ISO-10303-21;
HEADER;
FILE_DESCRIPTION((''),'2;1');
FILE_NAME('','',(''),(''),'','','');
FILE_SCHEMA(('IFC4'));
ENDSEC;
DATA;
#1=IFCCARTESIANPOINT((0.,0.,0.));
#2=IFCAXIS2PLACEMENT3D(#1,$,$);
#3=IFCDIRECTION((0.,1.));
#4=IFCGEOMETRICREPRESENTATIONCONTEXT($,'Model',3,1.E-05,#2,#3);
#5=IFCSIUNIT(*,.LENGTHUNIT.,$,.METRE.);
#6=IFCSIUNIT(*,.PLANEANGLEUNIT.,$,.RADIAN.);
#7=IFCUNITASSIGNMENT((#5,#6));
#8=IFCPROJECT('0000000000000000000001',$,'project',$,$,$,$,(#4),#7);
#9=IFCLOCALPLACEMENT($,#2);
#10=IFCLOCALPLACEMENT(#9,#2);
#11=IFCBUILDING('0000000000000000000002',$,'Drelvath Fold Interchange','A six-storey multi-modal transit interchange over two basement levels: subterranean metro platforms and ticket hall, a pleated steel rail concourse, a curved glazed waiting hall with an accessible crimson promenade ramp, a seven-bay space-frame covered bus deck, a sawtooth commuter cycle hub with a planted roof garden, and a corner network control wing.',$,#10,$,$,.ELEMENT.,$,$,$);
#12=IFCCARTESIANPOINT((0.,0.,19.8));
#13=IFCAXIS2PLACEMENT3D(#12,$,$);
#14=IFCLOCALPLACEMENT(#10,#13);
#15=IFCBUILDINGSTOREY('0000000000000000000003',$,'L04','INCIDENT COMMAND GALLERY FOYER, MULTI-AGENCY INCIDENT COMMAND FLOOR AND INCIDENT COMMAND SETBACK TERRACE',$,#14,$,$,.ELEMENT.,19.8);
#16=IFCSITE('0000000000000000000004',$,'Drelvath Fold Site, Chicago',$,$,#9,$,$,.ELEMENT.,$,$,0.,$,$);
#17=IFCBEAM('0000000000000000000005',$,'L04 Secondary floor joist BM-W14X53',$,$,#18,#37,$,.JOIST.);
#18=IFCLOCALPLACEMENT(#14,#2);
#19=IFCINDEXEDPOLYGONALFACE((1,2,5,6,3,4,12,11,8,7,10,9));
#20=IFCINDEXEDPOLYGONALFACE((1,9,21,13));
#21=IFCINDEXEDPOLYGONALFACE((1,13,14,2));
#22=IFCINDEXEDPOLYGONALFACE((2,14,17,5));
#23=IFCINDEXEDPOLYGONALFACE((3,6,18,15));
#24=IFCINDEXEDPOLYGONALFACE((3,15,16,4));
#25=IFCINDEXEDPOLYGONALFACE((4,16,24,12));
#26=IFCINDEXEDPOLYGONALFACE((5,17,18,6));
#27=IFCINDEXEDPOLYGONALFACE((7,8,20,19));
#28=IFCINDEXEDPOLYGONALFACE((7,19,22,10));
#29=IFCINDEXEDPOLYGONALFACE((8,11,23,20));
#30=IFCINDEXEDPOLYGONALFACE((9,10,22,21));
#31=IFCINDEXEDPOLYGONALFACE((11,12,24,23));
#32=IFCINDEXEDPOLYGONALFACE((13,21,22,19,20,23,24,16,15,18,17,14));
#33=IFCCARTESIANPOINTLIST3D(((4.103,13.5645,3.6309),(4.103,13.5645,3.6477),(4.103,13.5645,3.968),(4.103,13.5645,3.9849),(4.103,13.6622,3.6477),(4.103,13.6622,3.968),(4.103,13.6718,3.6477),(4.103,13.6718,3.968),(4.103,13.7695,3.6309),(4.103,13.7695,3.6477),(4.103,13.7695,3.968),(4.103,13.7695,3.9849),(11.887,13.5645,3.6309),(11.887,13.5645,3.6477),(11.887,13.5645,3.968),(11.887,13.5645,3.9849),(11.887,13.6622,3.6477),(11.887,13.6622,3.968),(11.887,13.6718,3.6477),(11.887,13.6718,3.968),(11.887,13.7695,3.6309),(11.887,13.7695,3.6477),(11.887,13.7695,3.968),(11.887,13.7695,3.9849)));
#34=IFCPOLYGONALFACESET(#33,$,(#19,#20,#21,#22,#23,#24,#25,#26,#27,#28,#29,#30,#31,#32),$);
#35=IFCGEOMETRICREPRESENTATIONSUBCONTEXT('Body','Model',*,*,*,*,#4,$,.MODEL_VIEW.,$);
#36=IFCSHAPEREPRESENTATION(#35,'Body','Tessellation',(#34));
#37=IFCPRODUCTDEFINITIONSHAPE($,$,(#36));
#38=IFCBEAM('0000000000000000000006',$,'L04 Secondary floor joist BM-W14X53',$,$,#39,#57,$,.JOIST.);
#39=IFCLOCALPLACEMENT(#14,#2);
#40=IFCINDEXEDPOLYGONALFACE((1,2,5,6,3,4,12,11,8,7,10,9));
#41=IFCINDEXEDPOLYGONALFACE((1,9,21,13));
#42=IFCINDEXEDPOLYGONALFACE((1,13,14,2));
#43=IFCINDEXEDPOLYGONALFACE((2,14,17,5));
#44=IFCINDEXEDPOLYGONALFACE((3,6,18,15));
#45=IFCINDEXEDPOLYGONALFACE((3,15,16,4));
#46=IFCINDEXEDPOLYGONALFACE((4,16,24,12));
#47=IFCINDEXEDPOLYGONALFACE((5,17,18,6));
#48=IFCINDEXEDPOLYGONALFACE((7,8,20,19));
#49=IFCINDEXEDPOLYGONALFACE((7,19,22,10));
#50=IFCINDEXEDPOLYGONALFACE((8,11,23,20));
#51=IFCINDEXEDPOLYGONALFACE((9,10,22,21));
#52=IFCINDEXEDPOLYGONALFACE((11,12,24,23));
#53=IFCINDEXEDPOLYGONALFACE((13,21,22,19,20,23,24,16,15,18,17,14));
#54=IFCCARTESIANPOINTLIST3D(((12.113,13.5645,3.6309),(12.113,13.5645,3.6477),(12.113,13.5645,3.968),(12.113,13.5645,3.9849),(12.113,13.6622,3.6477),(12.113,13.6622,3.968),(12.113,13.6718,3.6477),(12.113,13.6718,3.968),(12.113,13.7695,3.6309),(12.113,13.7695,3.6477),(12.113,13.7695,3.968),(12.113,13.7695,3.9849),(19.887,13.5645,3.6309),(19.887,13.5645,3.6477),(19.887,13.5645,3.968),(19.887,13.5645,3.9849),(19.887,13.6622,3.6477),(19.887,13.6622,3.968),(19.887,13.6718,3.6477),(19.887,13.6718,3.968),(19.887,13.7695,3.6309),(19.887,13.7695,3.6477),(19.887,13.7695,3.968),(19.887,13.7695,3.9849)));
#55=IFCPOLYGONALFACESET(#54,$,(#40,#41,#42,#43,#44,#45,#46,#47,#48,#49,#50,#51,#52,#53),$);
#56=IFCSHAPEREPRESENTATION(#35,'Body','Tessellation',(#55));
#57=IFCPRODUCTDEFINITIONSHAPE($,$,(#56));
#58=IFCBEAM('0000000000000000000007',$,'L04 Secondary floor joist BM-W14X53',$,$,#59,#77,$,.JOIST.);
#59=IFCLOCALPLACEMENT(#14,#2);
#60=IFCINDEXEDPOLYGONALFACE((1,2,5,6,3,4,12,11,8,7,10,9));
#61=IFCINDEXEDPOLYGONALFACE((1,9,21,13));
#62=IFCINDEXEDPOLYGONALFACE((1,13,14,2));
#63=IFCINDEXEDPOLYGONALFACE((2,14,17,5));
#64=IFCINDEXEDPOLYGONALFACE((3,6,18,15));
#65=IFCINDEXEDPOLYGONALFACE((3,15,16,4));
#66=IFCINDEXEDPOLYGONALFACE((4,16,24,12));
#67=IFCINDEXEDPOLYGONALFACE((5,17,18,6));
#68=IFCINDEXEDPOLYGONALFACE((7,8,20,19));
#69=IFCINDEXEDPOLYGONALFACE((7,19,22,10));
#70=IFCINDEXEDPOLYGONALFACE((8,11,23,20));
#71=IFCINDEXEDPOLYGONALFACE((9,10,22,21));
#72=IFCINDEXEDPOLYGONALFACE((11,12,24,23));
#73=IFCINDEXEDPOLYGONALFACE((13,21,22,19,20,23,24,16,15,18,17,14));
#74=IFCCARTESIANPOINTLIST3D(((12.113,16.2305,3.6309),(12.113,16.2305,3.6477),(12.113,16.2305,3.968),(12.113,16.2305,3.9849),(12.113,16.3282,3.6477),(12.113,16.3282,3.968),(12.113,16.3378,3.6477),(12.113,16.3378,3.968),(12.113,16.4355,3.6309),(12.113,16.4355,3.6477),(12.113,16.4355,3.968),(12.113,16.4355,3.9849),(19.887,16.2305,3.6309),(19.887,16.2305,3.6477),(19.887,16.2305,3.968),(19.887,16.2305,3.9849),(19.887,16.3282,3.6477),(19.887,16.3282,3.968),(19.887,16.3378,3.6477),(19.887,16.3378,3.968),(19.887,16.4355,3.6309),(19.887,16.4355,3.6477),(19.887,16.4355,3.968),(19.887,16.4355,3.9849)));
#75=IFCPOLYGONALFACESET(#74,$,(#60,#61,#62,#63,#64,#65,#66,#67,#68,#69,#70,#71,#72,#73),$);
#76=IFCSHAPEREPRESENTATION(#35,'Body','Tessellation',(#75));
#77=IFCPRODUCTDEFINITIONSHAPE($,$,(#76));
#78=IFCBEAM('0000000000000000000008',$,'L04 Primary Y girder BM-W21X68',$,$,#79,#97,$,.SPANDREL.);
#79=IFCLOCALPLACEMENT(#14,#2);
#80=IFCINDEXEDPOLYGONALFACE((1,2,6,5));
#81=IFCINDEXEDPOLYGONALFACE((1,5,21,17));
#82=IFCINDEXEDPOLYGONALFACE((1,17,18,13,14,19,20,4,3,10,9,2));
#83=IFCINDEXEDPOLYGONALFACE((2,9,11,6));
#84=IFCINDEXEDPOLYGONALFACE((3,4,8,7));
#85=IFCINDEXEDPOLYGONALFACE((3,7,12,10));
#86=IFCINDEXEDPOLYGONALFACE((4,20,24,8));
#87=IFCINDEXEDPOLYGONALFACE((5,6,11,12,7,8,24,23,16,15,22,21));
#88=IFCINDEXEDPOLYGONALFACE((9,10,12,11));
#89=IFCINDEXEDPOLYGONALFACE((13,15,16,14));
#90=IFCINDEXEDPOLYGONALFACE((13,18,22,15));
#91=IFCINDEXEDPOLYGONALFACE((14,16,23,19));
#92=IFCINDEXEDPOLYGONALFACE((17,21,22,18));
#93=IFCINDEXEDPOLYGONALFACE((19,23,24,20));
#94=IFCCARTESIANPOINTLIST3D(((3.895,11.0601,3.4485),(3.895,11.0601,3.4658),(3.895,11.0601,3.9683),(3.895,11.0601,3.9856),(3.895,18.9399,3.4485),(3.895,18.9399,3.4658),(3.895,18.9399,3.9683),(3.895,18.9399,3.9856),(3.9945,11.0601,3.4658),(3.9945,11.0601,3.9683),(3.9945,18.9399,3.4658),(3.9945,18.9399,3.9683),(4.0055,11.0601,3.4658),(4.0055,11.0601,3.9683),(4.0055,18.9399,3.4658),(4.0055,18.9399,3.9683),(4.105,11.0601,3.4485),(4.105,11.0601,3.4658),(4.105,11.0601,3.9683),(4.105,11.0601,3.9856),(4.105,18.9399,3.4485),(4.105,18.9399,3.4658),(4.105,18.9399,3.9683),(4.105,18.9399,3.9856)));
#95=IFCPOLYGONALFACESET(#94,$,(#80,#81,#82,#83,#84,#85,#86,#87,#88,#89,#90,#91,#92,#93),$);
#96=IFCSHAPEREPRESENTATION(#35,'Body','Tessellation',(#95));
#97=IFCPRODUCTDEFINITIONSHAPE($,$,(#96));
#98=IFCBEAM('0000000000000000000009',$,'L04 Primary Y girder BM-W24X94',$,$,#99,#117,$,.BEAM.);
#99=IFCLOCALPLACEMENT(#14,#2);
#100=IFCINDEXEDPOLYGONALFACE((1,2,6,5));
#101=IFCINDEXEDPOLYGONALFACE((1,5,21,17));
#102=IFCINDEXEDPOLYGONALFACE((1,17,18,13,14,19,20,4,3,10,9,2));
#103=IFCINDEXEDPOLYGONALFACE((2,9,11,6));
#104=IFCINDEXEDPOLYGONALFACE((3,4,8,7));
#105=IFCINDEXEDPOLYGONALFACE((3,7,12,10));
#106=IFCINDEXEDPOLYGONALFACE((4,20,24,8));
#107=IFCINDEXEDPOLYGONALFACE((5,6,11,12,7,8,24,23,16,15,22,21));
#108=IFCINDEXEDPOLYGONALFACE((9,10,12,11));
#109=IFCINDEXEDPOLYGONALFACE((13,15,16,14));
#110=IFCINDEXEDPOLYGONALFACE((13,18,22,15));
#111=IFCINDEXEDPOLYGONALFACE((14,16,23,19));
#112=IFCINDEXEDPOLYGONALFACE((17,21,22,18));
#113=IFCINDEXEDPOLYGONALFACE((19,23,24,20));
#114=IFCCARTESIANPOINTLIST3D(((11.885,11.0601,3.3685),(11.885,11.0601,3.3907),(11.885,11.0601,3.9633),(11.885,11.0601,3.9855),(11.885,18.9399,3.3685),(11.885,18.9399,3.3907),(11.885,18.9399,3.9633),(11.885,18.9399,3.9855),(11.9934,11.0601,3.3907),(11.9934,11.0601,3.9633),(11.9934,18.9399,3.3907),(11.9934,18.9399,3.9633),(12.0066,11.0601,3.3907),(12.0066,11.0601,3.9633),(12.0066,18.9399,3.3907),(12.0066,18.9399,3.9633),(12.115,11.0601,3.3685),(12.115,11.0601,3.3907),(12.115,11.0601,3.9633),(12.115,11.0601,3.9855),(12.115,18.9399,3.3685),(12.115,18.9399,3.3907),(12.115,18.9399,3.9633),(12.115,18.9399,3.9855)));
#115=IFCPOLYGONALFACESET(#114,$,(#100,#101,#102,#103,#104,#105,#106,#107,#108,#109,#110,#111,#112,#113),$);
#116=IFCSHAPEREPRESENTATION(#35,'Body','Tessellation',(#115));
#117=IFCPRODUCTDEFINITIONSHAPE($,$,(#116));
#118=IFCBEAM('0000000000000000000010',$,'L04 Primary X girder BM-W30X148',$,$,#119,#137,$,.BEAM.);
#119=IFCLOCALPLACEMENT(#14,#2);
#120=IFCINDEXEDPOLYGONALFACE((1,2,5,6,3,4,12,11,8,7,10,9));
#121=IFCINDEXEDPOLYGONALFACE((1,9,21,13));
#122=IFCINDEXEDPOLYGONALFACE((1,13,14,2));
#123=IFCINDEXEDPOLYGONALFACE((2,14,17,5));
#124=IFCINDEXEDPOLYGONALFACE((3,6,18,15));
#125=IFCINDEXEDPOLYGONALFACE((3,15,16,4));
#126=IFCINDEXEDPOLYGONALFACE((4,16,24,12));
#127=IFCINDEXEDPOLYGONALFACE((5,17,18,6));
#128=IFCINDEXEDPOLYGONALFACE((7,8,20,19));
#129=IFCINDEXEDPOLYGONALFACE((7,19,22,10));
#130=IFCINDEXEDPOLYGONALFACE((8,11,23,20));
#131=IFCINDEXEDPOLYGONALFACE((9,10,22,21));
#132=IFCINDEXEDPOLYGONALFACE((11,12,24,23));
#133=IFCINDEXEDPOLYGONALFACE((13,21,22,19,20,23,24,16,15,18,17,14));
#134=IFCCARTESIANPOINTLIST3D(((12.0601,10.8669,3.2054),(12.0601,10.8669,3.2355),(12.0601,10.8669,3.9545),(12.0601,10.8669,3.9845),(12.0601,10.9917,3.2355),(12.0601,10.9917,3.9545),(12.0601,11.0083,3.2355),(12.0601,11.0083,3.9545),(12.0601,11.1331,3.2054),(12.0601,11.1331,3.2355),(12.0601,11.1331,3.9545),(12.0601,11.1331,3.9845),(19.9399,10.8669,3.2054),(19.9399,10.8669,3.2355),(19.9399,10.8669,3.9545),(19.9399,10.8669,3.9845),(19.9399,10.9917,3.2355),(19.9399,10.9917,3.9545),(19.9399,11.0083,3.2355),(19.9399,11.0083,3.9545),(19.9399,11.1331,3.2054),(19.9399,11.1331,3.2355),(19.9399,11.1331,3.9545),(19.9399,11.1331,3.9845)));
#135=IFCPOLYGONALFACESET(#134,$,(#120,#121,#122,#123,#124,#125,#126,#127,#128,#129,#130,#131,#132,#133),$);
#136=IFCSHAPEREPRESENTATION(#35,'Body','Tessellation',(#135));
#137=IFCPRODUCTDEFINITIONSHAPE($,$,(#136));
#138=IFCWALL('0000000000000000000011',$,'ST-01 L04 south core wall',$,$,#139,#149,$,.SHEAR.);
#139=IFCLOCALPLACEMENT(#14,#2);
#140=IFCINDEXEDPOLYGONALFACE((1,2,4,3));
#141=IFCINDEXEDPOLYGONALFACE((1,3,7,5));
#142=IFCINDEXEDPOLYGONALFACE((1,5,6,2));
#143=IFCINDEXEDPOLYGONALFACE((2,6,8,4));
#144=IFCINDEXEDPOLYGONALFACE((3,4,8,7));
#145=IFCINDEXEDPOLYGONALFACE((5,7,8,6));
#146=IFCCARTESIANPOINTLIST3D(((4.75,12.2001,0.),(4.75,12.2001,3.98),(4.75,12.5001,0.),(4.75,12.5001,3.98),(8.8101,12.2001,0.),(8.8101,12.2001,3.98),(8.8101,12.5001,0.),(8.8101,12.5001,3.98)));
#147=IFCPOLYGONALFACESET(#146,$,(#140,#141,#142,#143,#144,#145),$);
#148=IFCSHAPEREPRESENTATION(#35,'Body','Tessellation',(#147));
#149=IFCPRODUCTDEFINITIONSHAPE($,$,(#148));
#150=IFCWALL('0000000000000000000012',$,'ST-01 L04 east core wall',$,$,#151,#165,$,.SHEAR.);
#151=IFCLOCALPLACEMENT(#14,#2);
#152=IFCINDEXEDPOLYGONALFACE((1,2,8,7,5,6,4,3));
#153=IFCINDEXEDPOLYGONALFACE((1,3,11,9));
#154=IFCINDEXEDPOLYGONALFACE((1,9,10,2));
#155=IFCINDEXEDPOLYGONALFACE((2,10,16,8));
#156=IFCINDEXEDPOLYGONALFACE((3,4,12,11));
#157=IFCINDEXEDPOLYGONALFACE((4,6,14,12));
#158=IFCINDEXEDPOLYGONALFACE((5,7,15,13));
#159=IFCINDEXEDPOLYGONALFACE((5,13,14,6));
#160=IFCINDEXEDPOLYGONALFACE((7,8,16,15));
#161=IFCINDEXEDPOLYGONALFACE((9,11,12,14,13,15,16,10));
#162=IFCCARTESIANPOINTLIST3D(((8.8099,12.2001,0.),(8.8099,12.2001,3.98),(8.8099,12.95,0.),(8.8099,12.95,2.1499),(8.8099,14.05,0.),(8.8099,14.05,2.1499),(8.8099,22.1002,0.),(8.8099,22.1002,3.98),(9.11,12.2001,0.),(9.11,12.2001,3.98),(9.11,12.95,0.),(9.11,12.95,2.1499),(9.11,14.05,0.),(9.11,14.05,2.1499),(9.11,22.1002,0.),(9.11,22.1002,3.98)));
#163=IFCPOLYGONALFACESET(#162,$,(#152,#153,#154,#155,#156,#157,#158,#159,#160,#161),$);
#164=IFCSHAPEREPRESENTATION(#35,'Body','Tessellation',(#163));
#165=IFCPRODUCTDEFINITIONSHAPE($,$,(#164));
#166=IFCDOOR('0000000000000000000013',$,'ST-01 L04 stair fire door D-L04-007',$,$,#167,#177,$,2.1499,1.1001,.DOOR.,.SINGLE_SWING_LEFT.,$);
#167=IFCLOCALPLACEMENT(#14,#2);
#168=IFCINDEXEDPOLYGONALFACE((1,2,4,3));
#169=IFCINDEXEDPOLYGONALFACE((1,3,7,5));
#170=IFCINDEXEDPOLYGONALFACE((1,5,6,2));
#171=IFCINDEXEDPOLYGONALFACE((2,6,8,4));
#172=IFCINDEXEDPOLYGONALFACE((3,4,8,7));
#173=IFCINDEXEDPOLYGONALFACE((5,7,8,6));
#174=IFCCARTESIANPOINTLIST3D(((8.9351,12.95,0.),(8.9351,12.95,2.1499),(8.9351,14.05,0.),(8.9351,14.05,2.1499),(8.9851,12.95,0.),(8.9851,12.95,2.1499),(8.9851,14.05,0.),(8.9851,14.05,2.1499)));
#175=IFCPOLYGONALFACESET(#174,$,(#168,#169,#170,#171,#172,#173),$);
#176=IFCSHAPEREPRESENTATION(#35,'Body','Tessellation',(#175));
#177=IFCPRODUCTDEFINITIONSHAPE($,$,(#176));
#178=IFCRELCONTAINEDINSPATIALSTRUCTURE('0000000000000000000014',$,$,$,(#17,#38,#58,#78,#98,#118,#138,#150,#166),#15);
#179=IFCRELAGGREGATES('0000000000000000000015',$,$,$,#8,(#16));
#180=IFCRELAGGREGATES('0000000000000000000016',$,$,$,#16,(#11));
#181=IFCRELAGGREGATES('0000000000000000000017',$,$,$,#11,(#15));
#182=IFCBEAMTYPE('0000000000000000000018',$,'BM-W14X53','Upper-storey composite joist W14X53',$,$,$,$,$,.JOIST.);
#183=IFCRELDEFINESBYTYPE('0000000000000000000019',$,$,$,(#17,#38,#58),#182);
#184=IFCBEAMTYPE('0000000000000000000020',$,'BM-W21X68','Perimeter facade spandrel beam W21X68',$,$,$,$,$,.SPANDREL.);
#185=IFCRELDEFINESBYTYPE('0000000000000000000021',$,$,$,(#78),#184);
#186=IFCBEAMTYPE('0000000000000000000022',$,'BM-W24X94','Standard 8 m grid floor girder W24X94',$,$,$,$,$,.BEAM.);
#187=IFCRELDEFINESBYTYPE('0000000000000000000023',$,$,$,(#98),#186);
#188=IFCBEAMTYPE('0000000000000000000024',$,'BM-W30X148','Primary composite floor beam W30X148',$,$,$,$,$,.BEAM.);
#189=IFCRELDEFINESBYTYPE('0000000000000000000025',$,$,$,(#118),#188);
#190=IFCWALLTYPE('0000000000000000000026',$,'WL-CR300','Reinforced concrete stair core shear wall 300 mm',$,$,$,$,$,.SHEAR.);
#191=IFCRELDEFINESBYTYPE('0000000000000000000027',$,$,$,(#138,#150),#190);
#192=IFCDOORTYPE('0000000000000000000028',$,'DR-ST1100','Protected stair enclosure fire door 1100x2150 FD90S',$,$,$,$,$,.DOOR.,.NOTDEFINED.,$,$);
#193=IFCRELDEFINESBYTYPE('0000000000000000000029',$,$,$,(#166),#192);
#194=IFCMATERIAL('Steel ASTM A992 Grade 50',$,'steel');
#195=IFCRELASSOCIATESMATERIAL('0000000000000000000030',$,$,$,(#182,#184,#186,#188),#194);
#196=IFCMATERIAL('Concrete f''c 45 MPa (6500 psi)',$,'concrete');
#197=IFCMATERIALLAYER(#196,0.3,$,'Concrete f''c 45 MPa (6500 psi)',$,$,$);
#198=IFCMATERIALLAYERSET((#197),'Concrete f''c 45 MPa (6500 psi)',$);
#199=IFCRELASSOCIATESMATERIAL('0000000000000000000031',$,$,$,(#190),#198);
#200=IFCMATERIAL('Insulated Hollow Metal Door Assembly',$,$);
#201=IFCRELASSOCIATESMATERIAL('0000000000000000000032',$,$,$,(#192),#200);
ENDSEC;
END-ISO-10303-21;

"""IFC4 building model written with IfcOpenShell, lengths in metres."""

from ifc_helpers import new_model, si_unit, direction, frame, frame_2d, origin, origin_2d, place, context, subcontext, project, spatial, rectangle, i_section, extrude, material, layer, layer_set, material_profile, profile_set, type_object, element, fill, save


model = new_model("IFC4")

# Units and contexts
model_context = context("Model", 3, precision=1e-05, world=origin(), true_north=direction((0.0, 1.0)))
body_context = subcontext(model_context, "Body", "Model", "MODEL_VIEW")
ifc_project = project(units=[si_unit("LENGTHUNIT", "METRE"), si_unit("PLANEANGLEUNIT", "RADIAN")], contexts=[model_context])

# Site, building, storey
site_placement = place(None, origin())
site = spatial("IfcSite", under=ifc_project, at=site_placement, Name="Drelvath Fold Site, Chicago", CompositionType="ELEMENT", RefElevation=0.0)
building_placement = place(site_placement, origin())
building = spatial("IfcBuilding", under=site, at=building_placement, Name="Drelvath Fold Interchange", Description="A six-storey multi-modal transit interchange over two basement levels: subterranean metro platforms and ticket hall, a pleated steel rail concourse, a curved glazed waiting hall with an accessible crimson promenade ramp, a seven-bay space-frame covered bus deck, a sawtooth commuter cycle hub with a planted roof garden, and a corner network control wing.", CompositionType="ELEMENT")
storey_placement = place(building_placement, frame((0.0, 0.0, 19.8)))
storey = spatial("IfcBuildingStorey", under=building, at=storey_placement, Name="L04", Description="INCIDENT COMMAND GALLERY FOYER, MULTI-AGENCY INCIDENT COMMAND FLOOR AND INCIDENT COMMAND SETBACK TERRACE", CompositionType="ELEMENT", Elevation=19.8)

# Beams
ifc_material_1 = material(Name="Steel ASTM A992 Grade 50", Category="steel")
ifc_material_profile_1 = material_profile(ifc_material_1, i_section(OverallWidth=0.2051, OverallDepth=0.354, WebThickness=0.0095, FlangeThickness=0.0168, at=origin_2d()), Name="W14X53")
ifc_profile_set_1 = profile_set([ifc_material_profile_1], Name="Steel ASTM A992 Grade 50")
beam_type_1 = type_object("IfcBeamType", Name="BM-W14X53", Description="Upper-storey composite joist W14X53", PredefinedType="JOIST", material=ifc_profile_set_1)
beam_1_placement = place(storey_placement, frame((4.103, 13.667, 3.8079), z_axis=(1.0, 0.0, 0.0), x_axis=(0.0, 1.0, 0.0)))
element("IfcBeam", 1, at=beam_1_placement, inside=storey, type_object=beam_type_1, Name="L04 Secondary floor joist BM-W14X53", PredefinedType="JOIST", context=body_context, shape_type="SweptSolid", body=[
    extrude(i_section(OverallWidth=0.2051, OverallDepth=0.354, WebThickness=0.0095, FlangeThickness=0.0168, at=origin_2d()), origin(), (0.0, 0.0, 1.0), 7.7839),
])
for number, where, z_axis, x_axis, name in (
    (2, (12.113, 13.667, 3.8079), (1.0, 0.0, 0.0), (0.0, 1.0, 0.0), "L04 Secondary floor joist BM-W14X53"),
    (3, (12.113, 16.333, 3.8079), (1.0, 0.0, 0.0), (0.0, 1.0, 0.0), "L04 Secondary floor joist BM-W14X53"),
):
    element("IfcBeam", number, at=place(storey_placement, frame(where, z_axis=z_axis, x_axis=x_axis)), inside=storey, type_object=beam_type_1, Name=name, PredefinedType="JOIST", context=body_context, shape_type="SweptSolid", body=[
        extrude(i_section(OverallWidth=0.2051, OverallDepth=0.354, WebThickness=0.0095, FlangeThickness=0.0168, at=origin_2d()), origin(), (0.0, 0.0, 1.0), 7.7739),
    ])
ifc_material_profile_2 = material_profile(ifc_material_1, i_section(OverallWidth=0.21, OverallDepth=0.5371, WebThickness=0.011, FlangeThickness=0.0173, at=origin_2d()), Name="W21X68")
ifc_profile_set_2 = profile_set([ifc_material_profile_2], Name="Steel ASTM A992 Grade 50")
beam_type_2 = type_object("IfcBeamType", Name="BM-W21X68", Description="Perimeter facade spandrel beam W21X68", PredefinedType="SPANDREL", material=ifc_profile_set_2)
beam_2_placement = place(storey_placement, frame((4.0, 11.0601, 3.717), z_axis=(0.0, 1.0, 0.0), x_axis=(-1.0, 0.0, 0.0)))
element("IfcBeam", 4, at=beam_2_placement, inside=storey, type_object=beam_type_2, Name="L04 Primary Y girder BM-W21X68", PredefinedType="SPANDREL", context=body_context, shape_type="SweptSolid", body=[
    extrude(i_section(OverallWidth=0.21, OverallDepth=0.5371, WebThickness=0.011, FlangeThickness=0.0173, at=origin_2d()), origin(), (0.0, 0.0, 1.0), 7.8799),
])
ifc_material_profile_3 = material_profile(ifc_material_1, i_section(OverallWidth=0.23, OverallDepth=0.6169, WebThickness=0.0132, FlangeThickness=0.0222, at=origin_2d()), Name="W24X94")
ifc_profile_set_3 = profile_set([ifc_material_profile_3], Name="Steel ASTM A992 Grade 50")
beam_type_3 = type_object("IfcBeamType", Name="BM-W24X94", Description="Standard 8 m grid floor girder W24X94", PredefinedType="BEAM", material=ifc_profile_set_3)
beam_3_placement = place(storey_placement, frame((12.0, 11.0601, 3.677), z_axis=(0.0, 1.0, 0.0), x_axis=(-1.0, 0.0, 0.0)))
element("IfcBeam", 5, at=beam_3_placement, inside=storey, type_object=beam_type_3, Name="L04 Primary Y girder BM-W24X94", PredefinedType="BEAM", context=body_context, shape_type="SweptSolid", body=[
    extrude(i_section(OverallWidth=0.23, OverallDepth=0.6169, WebThickness=0.0132, FlangeThickness=0.0222, at=origin_2d()), origin(), (0.0, 0.0, 1.0), 7.8799),
])
ifc_material_profile_4 = material_profile(ifc_material_1, i_section(OverallWidth=0.2661, OverallDepth=0.7791, WebThickness=0.0166, FlangeThickness=0.03, at=origin_2d()), Name="W30X148")
ifc_profile_set_4 = profile_set([ifc_material_profile_4], Name="Steel ASTM A992 Grade 50")
beam_type_4 = type_object("IfcBeamType", Name="BM-W30X148", Description="Primary composite floor beam W30X148", PredefinedType="BEAM", material=ifc_profile_set_4)
beam_4_placement = place(storey_placement, frame((12.0601, 11.0, 3.595), z_axis=(1.0, 0.0, 0.0), x_axis=(0.0, 1.0, 0.0)))
element("IfcBeam", 6, at=beam_4_placement, inside=storey, type_object=beam_type_4, Name="L04 Primary X girder BM-W30X148", PredefinedType="BEAM", context=body_context, shape_type="SweptSolid", body=[
    extrude(i_section(OverallWidth=0.2661, OverallDepth=0.7791, WebThickness=0.0166, FlangeThickness=0.03, at=origin_2d()), origin(), (0.0, 0.0, 1.0), 7.8799),
])

# Wall
ifc_material_2 = material(Name="Concrete f'c 45 MPa (6500 psi)", Category="concrete")
ifc_layer_1 = layer(ifc_material_2, 0.3, Name="Concrete f'c 45 MPa (6500 psi)")
ifc_layer_set_1 = layer_set([ifc_layer_1], Name="Concrete f'c 45 MPa (6500 psi)")
wall_type_1 = type_object("IfcWallType", Name="WL-CR300", Description="Reinforced concrete stair core shear wall 300 mm", PredefinedType="SHEAR", material=ifc_layer_set_1)
wall_1_placement = place(storey_placement, frame((4.75, 12.3501, 0.0), z_axis=(0.0, 0.0, 1.0), x_axis=(1.0, 0.0, 0.0)))
element("IfcWall", 7, at=wall_1_placement, inside=storey, type_object=wall_type_1, Name="ST-01 L04 south core wall", PredefinedType="SHEAR", context=body_context, shape_type="SweptSolid", body=[
    extrude(rectangle(XDim=4.0601, YDim=0.3, at=frame_2d((2.03, 0.0))), origin(), (0.0, 0.0, 1.0), 3.98),
])

# Wall, opening, door
wall_2_placement = place(storey_placement, frame((8.96, 12.2, 0.0), z_axis=(0.0, 0.0, 1.0), x_axis=(0.0, 1.0, 0.0)))
wall_2 = element("IfcWall", 8, at=wall_2_placement, inside=storey, type_object=wall_type_1, Name="ST-01 L04 east core wall", PredefinedType="SHEAR", context=body_context, shape_type="SweptSolid", body=[
    extrude(rectangle(XDim=9.9001, YDim=0.3, at=frame_2d((4.9502, 0.0))), origin(), (0.0, 0.0, 1.0), 3.98),
])
opening_1_placement = place(wall_2_placement, frame((0.75, 0.0, 0.0)))
opening_1 = element("IfcOpeningElement", 9, at=opening_1_placement, cuts=wall_2, PredefinedType="OPENING", context=body_context, shape_type="SweptSolid", body=[
    extrude(rectangle(XDim=1.1001, YDim=2.1499, at=frame_2d((0.55, 1.075))), frame((0.0, 0.1599, 0.0), z_axis=(0.0, -1.0, 0.0), x_axis=(1.0, 0.0, 0.0)), (0.0, 0.0, 1.0), 0.3201),
])
ifc_material_3 = material(Name="Insulated Hollow Metal Door Assembly")
door_type_1 = type_object("IfcDoorType", Name="DR-ST1100", Description="Protected stair enclosure fire door 1100x2150 FD90S", OperationType="NOTDEFINED", PredefinedType="DOOR", material=ifc_material_3)
door_1_placement = place(opening_1_placement, origin())
door_1 = element("IfcDoor", 10, at=door_1_placement, inside=storey, type_object=door_type_1, Name="ST-01 L04 stair fire door D-L04-007", OperationType="SINGLE_SWING_LEFT", OverallHeight=2.1499, OverallWidth=1.1001, PredefinedType="DOOR", context=body_context, shape_type="SweptSolid", body=[
    extrude(rectangle(XDim=1.1001, YDim=2.1499, at=frame_2d((0.55, 1.075))), frame((0.0, 0.0249, 0.0), z_axis=(0.0, -1.0, 0.0), x_axis=(1.0, 0.0, 0.0)), (0.0, 0.0, 1.0), 0.05),
])
fill(opening_1, door_1)

save(model, "model.ifc")
